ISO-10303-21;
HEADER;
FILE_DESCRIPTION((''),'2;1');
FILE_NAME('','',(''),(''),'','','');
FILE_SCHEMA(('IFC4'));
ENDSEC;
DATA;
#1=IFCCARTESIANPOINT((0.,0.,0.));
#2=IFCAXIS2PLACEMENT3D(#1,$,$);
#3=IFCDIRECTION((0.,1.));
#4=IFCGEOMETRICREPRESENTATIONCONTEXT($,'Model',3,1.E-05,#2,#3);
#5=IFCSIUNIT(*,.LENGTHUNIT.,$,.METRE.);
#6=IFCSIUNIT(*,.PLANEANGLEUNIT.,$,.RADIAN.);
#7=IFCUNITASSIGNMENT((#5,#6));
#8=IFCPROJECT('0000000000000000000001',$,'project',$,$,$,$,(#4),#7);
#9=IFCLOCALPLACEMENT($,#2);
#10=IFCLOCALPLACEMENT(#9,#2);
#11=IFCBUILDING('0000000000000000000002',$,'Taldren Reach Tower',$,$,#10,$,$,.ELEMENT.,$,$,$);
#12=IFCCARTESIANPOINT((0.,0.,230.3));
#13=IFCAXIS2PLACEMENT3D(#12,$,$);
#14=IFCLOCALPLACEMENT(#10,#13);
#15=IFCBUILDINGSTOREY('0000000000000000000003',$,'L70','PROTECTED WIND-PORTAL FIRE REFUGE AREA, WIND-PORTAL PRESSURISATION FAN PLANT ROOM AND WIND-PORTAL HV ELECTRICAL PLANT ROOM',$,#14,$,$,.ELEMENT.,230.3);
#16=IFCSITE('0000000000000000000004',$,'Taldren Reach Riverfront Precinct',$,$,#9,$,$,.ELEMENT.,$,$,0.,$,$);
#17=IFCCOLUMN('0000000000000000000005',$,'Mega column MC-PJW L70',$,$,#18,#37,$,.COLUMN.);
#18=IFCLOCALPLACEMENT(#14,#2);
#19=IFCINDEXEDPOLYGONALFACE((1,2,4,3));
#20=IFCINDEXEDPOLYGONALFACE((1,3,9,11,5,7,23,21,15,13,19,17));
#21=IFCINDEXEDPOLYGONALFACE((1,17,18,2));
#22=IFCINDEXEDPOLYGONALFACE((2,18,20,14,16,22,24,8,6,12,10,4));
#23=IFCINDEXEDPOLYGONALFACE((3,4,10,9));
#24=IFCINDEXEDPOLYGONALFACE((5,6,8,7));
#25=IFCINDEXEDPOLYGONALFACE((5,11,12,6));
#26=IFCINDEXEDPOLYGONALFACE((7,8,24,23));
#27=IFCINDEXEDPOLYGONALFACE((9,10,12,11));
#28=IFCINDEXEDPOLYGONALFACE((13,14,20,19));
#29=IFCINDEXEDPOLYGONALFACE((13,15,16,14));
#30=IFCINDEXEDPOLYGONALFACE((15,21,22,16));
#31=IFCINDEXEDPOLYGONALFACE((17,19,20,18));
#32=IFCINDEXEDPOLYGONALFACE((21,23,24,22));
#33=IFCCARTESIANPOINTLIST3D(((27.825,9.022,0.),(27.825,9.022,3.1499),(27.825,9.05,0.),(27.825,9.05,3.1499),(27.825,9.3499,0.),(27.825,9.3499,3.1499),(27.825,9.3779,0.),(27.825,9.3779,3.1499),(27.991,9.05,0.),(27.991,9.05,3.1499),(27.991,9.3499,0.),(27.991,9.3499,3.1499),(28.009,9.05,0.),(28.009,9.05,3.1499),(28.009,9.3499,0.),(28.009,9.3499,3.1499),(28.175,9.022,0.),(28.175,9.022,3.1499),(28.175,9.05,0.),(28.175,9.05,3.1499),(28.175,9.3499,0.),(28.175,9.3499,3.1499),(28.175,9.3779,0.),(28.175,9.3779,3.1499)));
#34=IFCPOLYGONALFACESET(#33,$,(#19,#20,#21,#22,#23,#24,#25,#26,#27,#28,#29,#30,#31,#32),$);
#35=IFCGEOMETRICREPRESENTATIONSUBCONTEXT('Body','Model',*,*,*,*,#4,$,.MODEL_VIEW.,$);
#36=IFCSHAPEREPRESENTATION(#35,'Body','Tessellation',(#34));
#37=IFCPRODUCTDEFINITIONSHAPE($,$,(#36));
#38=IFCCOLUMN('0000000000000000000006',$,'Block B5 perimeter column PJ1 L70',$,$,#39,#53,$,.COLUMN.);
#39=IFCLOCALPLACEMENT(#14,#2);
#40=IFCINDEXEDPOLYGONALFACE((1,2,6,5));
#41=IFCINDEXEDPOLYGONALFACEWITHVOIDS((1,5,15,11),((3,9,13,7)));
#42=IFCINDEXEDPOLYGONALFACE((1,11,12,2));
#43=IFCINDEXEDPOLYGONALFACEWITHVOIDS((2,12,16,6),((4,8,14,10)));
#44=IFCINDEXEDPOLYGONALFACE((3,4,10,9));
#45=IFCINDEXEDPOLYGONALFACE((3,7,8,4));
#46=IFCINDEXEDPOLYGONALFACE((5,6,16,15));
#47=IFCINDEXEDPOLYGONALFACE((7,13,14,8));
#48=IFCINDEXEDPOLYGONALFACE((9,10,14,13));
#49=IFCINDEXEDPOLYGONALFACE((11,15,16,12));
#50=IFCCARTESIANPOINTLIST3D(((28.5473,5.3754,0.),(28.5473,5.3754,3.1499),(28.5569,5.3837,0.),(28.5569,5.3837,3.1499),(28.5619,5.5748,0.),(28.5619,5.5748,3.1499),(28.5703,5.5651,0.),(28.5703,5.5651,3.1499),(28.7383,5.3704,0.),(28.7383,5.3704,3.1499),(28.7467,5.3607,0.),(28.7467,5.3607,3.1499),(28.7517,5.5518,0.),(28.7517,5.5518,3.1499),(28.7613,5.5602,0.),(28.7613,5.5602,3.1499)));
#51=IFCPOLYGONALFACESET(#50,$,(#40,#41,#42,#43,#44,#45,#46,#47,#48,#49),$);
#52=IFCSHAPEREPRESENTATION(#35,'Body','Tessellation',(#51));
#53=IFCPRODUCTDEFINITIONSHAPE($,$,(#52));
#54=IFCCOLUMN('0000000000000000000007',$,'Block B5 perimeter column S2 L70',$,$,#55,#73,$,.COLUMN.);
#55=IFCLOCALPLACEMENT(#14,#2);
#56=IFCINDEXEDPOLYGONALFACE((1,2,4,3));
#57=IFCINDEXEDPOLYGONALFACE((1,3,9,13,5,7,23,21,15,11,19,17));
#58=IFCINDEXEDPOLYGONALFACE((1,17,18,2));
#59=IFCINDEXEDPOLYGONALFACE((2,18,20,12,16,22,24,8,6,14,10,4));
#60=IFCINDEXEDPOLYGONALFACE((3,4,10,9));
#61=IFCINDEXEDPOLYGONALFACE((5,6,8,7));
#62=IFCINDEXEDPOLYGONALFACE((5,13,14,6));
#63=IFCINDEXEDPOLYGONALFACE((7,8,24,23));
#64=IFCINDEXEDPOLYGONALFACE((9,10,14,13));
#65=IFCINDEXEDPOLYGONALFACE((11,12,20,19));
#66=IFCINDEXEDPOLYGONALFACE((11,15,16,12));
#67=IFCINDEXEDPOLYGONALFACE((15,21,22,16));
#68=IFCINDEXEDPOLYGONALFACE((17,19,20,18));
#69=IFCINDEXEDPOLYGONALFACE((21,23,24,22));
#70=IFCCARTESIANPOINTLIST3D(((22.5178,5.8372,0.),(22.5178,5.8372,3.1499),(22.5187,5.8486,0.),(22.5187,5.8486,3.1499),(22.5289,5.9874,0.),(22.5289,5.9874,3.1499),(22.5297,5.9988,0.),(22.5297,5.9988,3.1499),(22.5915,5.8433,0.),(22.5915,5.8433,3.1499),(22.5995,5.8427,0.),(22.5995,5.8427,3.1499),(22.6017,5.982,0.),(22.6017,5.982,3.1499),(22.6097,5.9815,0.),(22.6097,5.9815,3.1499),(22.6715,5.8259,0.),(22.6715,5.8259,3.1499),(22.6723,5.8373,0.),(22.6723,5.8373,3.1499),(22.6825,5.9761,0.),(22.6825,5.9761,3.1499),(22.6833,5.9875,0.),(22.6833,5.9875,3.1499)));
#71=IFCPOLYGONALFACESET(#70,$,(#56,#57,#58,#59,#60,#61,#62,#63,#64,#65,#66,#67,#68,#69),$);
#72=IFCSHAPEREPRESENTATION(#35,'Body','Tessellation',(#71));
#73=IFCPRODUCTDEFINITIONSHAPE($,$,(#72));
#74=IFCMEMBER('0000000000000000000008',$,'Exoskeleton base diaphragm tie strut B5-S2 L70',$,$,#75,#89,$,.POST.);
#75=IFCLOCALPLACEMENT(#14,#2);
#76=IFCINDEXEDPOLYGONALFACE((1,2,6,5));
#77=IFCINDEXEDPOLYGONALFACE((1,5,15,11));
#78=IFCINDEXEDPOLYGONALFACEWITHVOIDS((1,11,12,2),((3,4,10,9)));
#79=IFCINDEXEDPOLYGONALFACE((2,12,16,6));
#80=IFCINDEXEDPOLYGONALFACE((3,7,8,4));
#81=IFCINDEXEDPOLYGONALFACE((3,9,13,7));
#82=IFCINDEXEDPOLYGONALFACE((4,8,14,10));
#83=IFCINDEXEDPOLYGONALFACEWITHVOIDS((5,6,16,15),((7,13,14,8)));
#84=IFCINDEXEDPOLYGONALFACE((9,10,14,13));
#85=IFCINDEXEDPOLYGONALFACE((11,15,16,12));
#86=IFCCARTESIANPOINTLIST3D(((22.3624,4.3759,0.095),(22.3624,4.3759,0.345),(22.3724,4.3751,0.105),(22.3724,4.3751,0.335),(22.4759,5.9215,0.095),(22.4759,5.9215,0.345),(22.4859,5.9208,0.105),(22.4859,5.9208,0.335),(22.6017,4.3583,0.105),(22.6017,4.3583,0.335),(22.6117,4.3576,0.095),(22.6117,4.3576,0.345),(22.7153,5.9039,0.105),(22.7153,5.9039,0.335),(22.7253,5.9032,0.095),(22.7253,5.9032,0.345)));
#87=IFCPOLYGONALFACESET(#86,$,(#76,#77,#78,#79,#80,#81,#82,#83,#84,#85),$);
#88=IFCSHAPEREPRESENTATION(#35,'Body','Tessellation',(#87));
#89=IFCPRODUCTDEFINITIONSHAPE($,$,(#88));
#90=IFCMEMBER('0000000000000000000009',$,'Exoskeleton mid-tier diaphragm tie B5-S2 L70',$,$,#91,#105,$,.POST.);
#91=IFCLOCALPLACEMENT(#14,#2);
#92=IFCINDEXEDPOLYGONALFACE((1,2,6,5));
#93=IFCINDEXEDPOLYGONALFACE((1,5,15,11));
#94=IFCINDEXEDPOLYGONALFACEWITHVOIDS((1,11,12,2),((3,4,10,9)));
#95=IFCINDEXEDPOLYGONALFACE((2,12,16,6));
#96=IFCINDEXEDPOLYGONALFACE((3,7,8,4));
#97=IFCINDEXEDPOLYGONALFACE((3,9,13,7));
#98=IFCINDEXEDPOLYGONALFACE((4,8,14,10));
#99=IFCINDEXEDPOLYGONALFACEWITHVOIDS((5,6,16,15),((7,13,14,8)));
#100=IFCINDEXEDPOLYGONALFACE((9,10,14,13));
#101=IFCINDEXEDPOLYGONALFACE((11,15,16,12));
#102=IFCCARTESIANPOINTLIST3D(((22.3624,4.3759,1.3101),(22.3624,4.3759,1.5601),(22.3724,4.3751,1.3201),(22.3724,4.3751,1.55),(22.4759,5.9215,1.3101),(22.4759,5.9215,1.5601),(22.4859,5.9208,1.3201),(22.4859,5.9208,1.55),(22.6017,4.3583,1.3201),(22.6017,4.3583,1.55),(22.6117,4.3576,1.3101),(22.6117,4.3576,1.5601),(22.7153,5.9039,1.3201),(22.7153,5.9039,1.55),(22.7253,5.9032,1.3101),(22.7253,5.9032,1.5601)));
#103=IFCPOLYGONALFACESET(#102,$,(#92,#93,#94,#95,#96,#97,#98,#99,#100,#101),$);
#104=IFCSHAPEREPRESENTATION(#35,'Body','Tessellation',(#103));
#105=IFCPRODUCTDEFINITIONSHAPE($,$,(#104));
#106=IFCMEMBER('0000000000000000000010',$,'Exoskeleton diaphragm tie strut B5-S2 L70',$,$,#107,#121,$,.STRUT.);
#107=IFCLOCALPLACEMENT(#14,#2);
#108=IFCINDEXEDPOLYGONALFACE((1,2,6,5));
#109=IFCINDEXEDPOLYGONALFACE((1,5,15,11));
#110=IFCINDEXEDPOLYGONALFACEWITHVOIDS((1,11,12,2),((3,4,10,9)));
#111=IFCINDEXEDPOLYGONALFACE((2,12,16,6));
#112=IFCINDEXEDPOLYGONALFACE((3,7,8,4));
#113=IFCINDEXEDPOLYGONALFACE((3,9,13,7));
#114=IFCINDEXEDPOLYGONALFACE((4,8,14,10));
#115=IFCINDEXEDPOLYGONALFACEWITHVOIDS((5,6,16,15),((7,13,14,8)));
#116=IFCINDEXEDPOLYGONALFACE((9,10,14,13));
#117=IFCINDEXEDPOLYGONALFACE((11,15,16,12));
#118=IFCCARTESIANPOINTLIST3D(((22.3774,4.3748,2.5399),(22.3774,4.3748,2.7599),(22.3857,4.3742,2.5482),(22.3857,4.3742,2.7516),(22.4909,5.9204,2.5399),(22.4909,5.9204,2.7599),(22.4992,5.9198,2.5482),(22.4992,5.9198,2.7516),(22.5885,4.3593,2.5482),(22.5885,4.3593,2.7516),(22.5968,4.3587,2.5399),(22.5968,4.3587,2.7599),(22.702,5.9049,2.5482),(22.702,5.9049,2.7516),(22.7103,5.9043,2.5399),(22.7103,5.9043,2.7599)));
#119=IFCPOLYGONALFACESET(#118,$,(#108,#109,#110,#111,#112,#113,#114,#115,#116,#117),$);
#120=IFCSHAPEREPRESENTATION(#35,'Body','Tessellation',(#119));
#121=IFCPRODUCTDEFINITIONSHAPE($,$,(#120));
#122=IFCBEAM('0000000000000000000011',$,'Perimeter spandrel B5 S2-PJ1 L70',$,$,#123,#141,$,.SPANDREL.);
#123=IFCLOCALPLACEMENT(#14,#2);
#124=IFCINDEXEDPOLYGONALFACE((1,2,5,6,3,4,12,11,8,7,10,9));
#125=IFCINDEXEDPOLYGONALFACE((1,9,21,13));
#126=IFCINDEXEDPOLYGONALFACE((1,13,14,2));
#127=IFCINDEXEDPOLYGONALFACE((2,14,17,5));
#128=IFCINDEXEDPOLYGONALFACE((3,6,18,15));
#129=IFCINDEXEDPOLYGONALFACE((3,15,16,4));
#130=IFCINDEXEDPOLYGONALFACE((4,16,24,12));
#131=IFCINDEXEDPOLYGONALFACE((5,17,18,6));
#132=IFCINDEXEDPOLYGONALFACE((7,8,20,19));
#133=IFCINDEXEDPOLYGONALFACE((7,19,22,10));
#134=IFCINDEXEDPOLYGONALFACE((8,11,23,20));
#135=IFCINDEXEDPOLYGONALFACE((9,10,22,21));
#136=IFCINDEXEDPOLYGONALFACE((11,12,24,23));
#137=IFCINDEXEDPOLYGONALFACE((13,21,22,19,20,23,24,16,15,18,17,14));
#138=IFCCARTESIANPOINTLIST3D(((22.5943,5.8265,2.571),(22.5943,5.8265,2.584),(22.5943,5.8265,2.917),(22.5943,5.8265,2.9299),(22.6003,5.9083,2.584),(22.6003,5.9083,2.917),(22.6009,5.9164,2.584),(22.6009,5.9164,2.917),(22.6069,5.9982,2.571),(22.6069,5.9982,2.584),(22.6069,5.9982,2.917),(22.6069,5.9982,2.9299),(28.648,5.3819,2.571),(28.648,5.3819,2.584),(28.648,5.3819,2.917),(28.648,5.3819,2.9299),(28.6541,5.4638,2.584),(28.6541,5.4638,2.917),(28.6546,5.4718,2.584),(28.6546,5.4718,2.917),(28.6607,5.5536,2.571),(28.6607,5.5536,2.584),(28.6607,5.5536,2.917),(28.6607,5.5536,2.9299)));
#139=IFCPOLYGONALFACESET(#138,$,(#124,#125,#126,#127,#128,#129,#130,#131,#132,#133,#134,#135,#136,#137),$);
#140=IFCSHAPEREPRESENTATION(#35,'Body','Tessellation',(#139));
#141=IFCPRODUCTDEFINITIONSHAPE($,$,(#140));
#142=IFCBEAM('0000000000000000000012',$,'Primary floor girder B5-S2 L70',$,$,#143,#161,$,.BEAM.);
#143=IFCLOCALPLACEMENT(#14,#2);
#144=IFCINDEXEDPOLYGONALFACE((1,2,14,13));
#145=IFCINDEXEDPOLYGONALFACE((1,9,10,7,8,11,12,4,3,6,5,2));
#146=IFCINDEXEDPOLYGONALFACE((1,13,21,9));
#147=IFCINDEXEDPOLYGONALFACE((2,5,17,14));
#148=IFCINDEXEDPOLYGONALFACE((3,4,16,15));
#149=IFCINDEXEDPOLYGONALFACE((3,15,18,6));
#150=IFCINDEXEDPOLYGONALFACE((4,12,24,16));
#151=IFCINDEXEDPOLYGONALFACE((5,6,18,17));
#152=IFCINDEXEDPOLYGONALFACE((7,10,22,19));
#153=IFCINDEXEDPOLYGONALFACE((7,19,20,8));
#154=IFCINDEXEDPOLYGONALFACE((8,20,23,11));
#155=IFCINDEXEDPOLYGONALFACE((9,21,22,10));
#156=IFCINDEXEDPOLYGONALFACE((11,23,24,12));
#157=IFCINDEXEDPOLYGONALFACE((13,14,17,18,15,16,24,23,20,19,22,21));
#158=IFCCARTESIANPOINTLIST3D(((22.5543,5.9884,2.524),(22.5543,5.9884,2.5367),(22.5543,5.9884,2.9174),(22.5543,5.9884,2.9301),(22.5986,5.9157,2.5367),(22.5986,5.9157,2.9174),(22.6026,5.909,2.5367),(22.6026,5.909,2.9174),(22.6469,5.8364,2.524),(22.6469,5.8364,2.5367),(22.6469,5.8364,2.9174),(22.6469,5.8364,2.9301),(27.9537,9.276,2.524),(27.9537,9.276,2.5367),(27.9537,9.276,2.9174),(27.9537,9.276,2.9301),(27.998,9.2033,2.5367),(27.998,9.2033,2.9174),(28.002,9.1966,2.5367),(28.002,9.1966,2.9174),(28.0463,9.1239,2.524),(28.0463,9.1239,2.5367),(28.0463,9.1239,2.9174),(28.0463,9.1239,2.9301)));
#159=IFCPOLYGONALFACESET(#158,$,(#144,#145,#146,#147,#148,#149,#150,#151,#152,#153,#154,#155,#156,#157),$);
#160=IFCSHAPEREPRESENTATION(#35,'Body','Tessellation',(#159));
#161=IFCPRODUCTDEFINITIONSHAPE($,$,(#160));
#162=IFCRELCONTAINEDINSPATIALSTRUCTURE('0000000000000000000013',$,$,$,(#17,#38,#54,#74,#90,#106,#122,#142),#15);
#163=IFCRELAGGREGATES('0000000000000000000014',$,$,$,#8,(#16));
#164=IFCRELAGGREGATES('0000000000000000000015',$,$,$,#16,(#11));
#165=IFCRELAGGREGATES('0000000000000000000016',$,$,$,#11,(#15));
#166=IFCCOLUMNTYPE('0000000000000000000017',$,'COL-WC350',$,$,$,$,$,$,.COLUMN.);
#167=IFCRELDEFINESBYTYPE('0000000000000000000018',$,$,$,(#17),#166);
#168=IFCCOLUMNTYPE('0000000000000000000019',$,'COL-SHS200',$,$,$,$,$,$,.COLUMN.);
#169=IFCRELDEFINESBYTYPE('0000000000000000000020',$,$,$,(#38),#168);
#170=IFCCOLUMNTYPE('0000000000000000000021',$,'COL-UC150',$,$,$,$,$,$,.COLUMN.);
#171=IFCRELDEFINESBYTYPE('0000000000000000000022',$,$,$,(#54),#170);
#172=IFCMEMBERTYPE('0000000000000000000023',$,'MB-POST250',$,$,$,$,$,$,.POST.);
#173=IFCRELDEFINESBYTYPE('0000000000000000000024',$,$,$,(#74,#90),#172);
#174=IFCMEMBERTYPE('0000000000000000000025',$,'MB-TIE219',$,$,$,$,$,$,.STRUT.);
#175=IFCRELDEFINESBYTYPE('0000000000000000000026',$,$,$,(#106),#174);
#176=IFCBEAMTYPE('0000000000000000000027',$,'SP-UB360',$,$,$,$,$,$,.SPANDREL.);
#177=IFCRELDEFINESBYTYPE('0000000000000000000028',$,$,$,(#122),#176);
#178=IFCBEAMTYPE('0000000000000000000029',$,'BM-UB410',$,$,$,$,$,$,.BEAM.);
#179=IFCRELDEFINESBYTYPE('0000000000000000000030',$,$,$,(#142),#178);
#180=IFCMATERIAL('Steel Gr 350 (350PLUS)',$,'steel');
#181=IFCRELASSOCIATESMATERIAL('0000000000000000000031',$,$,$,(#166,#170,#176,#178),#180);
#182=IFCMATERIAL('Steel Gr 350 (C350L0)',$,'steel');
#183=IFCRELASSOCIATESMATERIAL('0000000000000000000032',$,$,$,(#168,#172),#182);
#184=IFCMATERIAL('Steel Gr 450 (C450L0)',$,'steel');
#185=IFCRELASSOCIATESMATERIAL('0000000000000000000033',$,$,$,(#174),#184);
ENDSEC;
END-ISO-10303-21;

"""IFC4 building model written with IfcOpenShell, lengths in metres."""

from ifc_helpers import new_model, si_unit, direction, frame, origin, origin_2d, place, context, subcontext, project, spatial, hollow_rectangle, i_section, extrude, source, transform, mapped, material, material_profile, profile_set, type_object, element, save


model = new_model("IFC4")

# Units and contexts
model_context = context("Model", 3, precision=1e-05, world=origin(), true_north=direction((0.0, 1.0)))
body_context = subcontext(model_context, "Body", "Model", "MODEL_VIEW")
ifc_project = project(units=[si_unit("LENGTHUNIT", "METRE"), si_unit("PLANEANGLEUNIT", "RADIAN")], contexts=[model_context])

# Site, building, storey
site_placement = place(None, origin())
site = spatial("IfcSite", under=ifc_project, at=site_placement, Name="Taldren Reach Riverfront Precinct", CompositionType="ELEMENT", RefElevation=0.0)
building_placement = place(site_placement, origin())
building = spatial("IfcBuilding", under=site, at=building_placement, Name="Taldren Reach Tower", CompositionType="ELEMENT")
storey_placement = place(building_placement, frame((0.0, 0.0, 230.3)))
storey = spatial("IfcBuildingStorey", under=building, at=storey_placement, Name="L70", Description="PROTECTED WIND-PORTAL FIRE REFUGE AREA, WIND-PORTAL PRESSURISATION FAN PLANT ROOM AND WIND-PORTAL HV ELECTRICAL PLANT ROOM", CompositionType="ELEMENT", Elevation=230.3)

# Columns
ifc_material_1 = material(Name="Steel Gr 350 (350PLUS)", Category="steel")
ifc_material_profile_1 = material_profile(ifc_material_1, i_section(OverallWidth=0.3501, OverallDepth=0.356, WebThickness=0.0181, FlangeThickness=0.0281, at=origin_2d()), Name="350WC197")
ifc_profile_set_1 = profile_set([ifc_material_profile_1], Name="Steel Gr 350 (350PLUS)")
column_type_1 = type_object("IfcColumnType", Name="COL-WC350", PredefinedType="COLUMN", material=ifc_profile_set_1)
shared_shape_1 = source(origin(), body_context, "Body", "SweptSolid", [
    extrude(i_section(OverallWidth=0.3501, OverallDepth=0.356, WebThickness=0.0181, FlangeThickness=0.0281, at=origin_2d()), origin(), (0.0, 0.0, 1.0), 3.1499),
])
column_1_placement = place(storey_placement, frame((28.0, 9.2, 0.0), z_axis=(0.0, 0.0, 1.0), x_axis=(1.0, 0.0, 0.0)))
element("IfcColumn", 1, at=column_1_placement, inside=storey, type_object=column_type_1, Name="Mega column MC-PJW L70", PredefinedType="COLUMN", context=body_context, shape_type="MappedRepresentation", body=[
    mapped(shared_shape_1, transform((0.0, 0.0, 0.0), scale=1.0)),
])
ifc_material_2 = material(Name="Steel Gr 350 (C350L0)", Category="steel")
ifc_material_profile_2 = material_profile(ifc_material_2, hollow_rectangle(XDim=0.2, YDim=0.2, WallThickness=0.009, at=origin_2d()), Name="200x200x9.0SHS")
ifc_profile_set_2 = profile_set([ifc_material_profile_2], Name="Steel Gr 350 (C350L0)")
column_type_2 = type_object("IfcColumnType", Name="COL-SHS200", PredefinedType="COLUMN", material=ifc_profile_set_2)
shared_shape_2 = source(origin(), body_context, "Body", "SweptSolid", [
    extrude(hollow_rectangle(XDim=0.2, YDim=0.2, WallThickness=0.009, at=origin_2d()), origin(), (0.0, 0.0, 1.0), 3.1499),
])
column_2_placement = place(storey_placement, frame((28.6543, 5.4678, 0.0), z_axis=(0.0, 0.0, 1.0), x_axis=(0.997314, -0.073238, 0.0)))
element("IfcColumn", 2, at=column_2_placement, inside=storey, type_object=column_type_2, Name="Block B5 perimeter column PJ1 L70", PredefinedType="COLUMN", context=body_context, shape_type="MappedRepresentation", body=[
    mapped(shared_shape_2, transform((0.0, 0.0, 0.0), scale=1.0)),
])
ifc_material_profile_3 = material_profile(ifc_material_1, i_section(OverallWidth=0.1541, OverallDepth=0.1621, WebThickness=0.0081, FlangeThickness=0.0115, at=origin_2d()), Name="150UC37.2")
ifc_profile_set_3 = profile_set([ifc_material_profile_3], Name="Steel Gr 350 (350PLUS)")
column_type_3 = type_object("IfcColumnType", Name="COL-UC150", PredefinedType="COLUMN", material=ifc_profile_set_3)
shared_shape_3 = source(origin(), body_context, "Body", "SweptSolid", [
    extrude(i_section(OverallWidth=0.1541, OverallDepth=0.1621, WebThickness=0.0081, FlangeThickness=0.0115, at=origin_2d()), origin(), (0.0, 0.0, 1.0), 3.1499),
])
column_3_placement = place(storey_placement, frame((22.6006, 5.9124, 0.0), z_axis=(0.0, 0.0, 1.0), x_axis=(0.997314, -0.073238, 0.0)))
element("IfcColumn", 3, at=column_3_placement, inside=storey, type_object=column_type_3, Name="Block B5 perimeter column S2 L70", PredefinedType="COLUMN", context=body_context, shape_type="MappedRepresentation", body=[
    mapped(shared_shape_3, transform((0.0, 0.0, 0.0), scale=1.0)),
])

# Members
ifc_material_profile_4 = material_profile(ifc_material_2, hollow_rectangle(XDim=0.25, YDim=0.25, WallThickness=0.01, at=origin_2d()), Name="250x250x10.0SHS")
ifc_profile_set_4 = profile_set([ifc_material_profile_4], Name="Steel Gr 350 (C350L0)")
member_type_1 = type_object("IfcMemberType", Name="MB-POST250", PredefinedType="POST", material=ifc_profile_set_4)
shared_shape_4 = source(origin(), body_context, "Body", "SweptSolid", [
    extrude(hollow_rectangle(XDim=0.25, YDim=0.25, WallThickness=0.01, at=origin_2d()), origin(), (0.0, 0.0, 1.0), 1.5498),
])
for number, where, z_axis, x_axis, name in (
    (4, (22.6006, 5.9124, 0.22), (-0.073251, -0.997314, 0.0), (0.997314, -0.073251, 0.0), "Exoskeleton base diaphragm tie strut B5-S2 L70"),
    (5, (22.6006, 5.9124, 1.4351), (-0.073251, -0.997314, 0.0), (0.997314, -0.073251, 0.0), "Exoskeleton mid-tier diaphragm tie B5-S2 L70"),
):
    element("IfcMember", number, at=place(storey_placement, frame(where, z_axis=z_axis, x_axis=x_axis)), inside=storey, type_object=member_type_1, Name=name, PredefinedType="POST", context=body_context, shape_type="MappedRepresentation", body=[
        mapped(shared_shape_4, transform((0.0, 0.0, 0.0), scale=1.0)),
    ])
ifc_material_3 = material(Name="Steel Gr 450 (C450L0)", Category="steel")
ifc_material_profile_5 = material_profile(ifc_material_3, hollow_rectangle(XDim=0.22, YDim=0.22, WallThickness=0.0083, at=origin_2d()), Name="220x220x8.2SHS")
ifc_profile_set_5 = profile_set([ifc_material_profile_5], Name="Steel Gr 450 (C450L0)")
member_type_2 = type_object("IfcMemberType", Name="MB-TIE219", PredefinedType="STRUT", material=ifc_profile_set_5)
shared_shape_5 = source(origin(), body_context, "Body", "SweptSolid", [
    extrude(hollow_rectangle(XDim=0.22, YDim=0.22, WallThickness=0.0083, at=origin_2d()), origin(), (0.0, 0.0, 1.0), 1.5498),
])
member_1_placement = place(storey_placement, frame((22.6006, 5.9124, 2.6499), z_axis=(-0.073251, -0.997314, 0.0), x_axis=(0.997314, -0.073251, 0.0)))
element("IfcMember", 6, at=member_1_placement, inside=storey, type_object=member_type_2, Name="Exoskeleton diaphragm tie strut B5-S2 L70", PredefinedType="STRUT", context=body_context, shape_type="MappedRepresentation", body=[
    mapped(shared_shape_5, transform((0.0, 0.0, 0.0), scale=1.0)),
])

# Beams
ifc_material_profile_6 = material_profile(ifc_material_1, i_section(OverallWidth=0.1721, OverallDepth=0.3589, WebThickness=0.0081, FlangeThickness=0.0129, at=origin_2d()), Name="360UB56.7")
ifc_profile_set_6 = profile_set([ifc_material_profile_6], Name="Steel Gr 350 (350PLUS)")
beam_type_1 = type_object("IfcBeamType", Name="SP-UB360", PredefinedType="SPANDREL", material=ifc_profile_set_6)
shared_shape_6 = source(origin(), body_context, "Body", "SweptSolid", [
    extrude(i_section(OverallWidth=0.1721, OverallDepth=0.3589, WebThickness=0.0081, FlangeThickness=0.0129, at=origin_2d()), origin(), (0.0, 0.0, 1.0), 6.0701),
])
beam_1_placement = place(storey_placement, frame((22.6006, 5.9124, 2.7505), z_axis=(0.997314, -0.073242, 0.0), x_axis=(0.073242, 0.997314, 0.0)))
element("IfcBeam", 7, at=beam_1_placement, inside=storey, type_object=beam_type_1, Name="Perimeter spandrel B5 S2-PJ1 L70", PredefinedType="SPANDREL", context=body_context, shape_type="MappedRepresentation", body=[
    mapped(shared_shape_6, transform((0.0, 0.0, 0.0), scale=1.0)),
])
ifc_material_profile_7 = material_profile(ifc_material_1, i_section(OverallWidth=0.178, OverallDepth=0.406, WebThickness=0.0078, FlangeThickness=0.0127, at=origin_2d()), Name="410UB59.7")
ifc_profile_set_7 = profile_set([ifc_material_profile_7], Name="Steel Gr 350 (350PLUS)")
beam_type_2 = type_object("IfcBeamType", Name="BM-UB410", PredefinedType="BEAM", material=ifc_profile_set_7)
shared_shape_7 = source(origin(), body_context, "Body", "SweptSolid", [
    extrude(i_section(OverallWidth=0.178, OverallDepth=0.406, WebThickness=0.0078, FlangeThickness=0.0127, at=origin_2d()), origin(), (0.0, 0.0, 1.0), 6.3215),
])
beam_2_placement = place(storey_placement, frame((28.0, 9.2, 2.7271), z_axis=(-0.854128, -0.520062, 0.0), x_axis=(0.520062, -0.854128, 0.0)))
element("IfcBeam", 8, at=beam_2_placement, inside=storey, type_object=beam_type_2, Name="Primary floor girder B5-S2 L70", PredefinedType="BEAM", context=body_context, shape_type="MappedRepresentation", body=[
    mapped(shared_shape_7, transform((0.0, 0.0, 0.0), scale=1.0)),
])

save(model, "model.ifc")
